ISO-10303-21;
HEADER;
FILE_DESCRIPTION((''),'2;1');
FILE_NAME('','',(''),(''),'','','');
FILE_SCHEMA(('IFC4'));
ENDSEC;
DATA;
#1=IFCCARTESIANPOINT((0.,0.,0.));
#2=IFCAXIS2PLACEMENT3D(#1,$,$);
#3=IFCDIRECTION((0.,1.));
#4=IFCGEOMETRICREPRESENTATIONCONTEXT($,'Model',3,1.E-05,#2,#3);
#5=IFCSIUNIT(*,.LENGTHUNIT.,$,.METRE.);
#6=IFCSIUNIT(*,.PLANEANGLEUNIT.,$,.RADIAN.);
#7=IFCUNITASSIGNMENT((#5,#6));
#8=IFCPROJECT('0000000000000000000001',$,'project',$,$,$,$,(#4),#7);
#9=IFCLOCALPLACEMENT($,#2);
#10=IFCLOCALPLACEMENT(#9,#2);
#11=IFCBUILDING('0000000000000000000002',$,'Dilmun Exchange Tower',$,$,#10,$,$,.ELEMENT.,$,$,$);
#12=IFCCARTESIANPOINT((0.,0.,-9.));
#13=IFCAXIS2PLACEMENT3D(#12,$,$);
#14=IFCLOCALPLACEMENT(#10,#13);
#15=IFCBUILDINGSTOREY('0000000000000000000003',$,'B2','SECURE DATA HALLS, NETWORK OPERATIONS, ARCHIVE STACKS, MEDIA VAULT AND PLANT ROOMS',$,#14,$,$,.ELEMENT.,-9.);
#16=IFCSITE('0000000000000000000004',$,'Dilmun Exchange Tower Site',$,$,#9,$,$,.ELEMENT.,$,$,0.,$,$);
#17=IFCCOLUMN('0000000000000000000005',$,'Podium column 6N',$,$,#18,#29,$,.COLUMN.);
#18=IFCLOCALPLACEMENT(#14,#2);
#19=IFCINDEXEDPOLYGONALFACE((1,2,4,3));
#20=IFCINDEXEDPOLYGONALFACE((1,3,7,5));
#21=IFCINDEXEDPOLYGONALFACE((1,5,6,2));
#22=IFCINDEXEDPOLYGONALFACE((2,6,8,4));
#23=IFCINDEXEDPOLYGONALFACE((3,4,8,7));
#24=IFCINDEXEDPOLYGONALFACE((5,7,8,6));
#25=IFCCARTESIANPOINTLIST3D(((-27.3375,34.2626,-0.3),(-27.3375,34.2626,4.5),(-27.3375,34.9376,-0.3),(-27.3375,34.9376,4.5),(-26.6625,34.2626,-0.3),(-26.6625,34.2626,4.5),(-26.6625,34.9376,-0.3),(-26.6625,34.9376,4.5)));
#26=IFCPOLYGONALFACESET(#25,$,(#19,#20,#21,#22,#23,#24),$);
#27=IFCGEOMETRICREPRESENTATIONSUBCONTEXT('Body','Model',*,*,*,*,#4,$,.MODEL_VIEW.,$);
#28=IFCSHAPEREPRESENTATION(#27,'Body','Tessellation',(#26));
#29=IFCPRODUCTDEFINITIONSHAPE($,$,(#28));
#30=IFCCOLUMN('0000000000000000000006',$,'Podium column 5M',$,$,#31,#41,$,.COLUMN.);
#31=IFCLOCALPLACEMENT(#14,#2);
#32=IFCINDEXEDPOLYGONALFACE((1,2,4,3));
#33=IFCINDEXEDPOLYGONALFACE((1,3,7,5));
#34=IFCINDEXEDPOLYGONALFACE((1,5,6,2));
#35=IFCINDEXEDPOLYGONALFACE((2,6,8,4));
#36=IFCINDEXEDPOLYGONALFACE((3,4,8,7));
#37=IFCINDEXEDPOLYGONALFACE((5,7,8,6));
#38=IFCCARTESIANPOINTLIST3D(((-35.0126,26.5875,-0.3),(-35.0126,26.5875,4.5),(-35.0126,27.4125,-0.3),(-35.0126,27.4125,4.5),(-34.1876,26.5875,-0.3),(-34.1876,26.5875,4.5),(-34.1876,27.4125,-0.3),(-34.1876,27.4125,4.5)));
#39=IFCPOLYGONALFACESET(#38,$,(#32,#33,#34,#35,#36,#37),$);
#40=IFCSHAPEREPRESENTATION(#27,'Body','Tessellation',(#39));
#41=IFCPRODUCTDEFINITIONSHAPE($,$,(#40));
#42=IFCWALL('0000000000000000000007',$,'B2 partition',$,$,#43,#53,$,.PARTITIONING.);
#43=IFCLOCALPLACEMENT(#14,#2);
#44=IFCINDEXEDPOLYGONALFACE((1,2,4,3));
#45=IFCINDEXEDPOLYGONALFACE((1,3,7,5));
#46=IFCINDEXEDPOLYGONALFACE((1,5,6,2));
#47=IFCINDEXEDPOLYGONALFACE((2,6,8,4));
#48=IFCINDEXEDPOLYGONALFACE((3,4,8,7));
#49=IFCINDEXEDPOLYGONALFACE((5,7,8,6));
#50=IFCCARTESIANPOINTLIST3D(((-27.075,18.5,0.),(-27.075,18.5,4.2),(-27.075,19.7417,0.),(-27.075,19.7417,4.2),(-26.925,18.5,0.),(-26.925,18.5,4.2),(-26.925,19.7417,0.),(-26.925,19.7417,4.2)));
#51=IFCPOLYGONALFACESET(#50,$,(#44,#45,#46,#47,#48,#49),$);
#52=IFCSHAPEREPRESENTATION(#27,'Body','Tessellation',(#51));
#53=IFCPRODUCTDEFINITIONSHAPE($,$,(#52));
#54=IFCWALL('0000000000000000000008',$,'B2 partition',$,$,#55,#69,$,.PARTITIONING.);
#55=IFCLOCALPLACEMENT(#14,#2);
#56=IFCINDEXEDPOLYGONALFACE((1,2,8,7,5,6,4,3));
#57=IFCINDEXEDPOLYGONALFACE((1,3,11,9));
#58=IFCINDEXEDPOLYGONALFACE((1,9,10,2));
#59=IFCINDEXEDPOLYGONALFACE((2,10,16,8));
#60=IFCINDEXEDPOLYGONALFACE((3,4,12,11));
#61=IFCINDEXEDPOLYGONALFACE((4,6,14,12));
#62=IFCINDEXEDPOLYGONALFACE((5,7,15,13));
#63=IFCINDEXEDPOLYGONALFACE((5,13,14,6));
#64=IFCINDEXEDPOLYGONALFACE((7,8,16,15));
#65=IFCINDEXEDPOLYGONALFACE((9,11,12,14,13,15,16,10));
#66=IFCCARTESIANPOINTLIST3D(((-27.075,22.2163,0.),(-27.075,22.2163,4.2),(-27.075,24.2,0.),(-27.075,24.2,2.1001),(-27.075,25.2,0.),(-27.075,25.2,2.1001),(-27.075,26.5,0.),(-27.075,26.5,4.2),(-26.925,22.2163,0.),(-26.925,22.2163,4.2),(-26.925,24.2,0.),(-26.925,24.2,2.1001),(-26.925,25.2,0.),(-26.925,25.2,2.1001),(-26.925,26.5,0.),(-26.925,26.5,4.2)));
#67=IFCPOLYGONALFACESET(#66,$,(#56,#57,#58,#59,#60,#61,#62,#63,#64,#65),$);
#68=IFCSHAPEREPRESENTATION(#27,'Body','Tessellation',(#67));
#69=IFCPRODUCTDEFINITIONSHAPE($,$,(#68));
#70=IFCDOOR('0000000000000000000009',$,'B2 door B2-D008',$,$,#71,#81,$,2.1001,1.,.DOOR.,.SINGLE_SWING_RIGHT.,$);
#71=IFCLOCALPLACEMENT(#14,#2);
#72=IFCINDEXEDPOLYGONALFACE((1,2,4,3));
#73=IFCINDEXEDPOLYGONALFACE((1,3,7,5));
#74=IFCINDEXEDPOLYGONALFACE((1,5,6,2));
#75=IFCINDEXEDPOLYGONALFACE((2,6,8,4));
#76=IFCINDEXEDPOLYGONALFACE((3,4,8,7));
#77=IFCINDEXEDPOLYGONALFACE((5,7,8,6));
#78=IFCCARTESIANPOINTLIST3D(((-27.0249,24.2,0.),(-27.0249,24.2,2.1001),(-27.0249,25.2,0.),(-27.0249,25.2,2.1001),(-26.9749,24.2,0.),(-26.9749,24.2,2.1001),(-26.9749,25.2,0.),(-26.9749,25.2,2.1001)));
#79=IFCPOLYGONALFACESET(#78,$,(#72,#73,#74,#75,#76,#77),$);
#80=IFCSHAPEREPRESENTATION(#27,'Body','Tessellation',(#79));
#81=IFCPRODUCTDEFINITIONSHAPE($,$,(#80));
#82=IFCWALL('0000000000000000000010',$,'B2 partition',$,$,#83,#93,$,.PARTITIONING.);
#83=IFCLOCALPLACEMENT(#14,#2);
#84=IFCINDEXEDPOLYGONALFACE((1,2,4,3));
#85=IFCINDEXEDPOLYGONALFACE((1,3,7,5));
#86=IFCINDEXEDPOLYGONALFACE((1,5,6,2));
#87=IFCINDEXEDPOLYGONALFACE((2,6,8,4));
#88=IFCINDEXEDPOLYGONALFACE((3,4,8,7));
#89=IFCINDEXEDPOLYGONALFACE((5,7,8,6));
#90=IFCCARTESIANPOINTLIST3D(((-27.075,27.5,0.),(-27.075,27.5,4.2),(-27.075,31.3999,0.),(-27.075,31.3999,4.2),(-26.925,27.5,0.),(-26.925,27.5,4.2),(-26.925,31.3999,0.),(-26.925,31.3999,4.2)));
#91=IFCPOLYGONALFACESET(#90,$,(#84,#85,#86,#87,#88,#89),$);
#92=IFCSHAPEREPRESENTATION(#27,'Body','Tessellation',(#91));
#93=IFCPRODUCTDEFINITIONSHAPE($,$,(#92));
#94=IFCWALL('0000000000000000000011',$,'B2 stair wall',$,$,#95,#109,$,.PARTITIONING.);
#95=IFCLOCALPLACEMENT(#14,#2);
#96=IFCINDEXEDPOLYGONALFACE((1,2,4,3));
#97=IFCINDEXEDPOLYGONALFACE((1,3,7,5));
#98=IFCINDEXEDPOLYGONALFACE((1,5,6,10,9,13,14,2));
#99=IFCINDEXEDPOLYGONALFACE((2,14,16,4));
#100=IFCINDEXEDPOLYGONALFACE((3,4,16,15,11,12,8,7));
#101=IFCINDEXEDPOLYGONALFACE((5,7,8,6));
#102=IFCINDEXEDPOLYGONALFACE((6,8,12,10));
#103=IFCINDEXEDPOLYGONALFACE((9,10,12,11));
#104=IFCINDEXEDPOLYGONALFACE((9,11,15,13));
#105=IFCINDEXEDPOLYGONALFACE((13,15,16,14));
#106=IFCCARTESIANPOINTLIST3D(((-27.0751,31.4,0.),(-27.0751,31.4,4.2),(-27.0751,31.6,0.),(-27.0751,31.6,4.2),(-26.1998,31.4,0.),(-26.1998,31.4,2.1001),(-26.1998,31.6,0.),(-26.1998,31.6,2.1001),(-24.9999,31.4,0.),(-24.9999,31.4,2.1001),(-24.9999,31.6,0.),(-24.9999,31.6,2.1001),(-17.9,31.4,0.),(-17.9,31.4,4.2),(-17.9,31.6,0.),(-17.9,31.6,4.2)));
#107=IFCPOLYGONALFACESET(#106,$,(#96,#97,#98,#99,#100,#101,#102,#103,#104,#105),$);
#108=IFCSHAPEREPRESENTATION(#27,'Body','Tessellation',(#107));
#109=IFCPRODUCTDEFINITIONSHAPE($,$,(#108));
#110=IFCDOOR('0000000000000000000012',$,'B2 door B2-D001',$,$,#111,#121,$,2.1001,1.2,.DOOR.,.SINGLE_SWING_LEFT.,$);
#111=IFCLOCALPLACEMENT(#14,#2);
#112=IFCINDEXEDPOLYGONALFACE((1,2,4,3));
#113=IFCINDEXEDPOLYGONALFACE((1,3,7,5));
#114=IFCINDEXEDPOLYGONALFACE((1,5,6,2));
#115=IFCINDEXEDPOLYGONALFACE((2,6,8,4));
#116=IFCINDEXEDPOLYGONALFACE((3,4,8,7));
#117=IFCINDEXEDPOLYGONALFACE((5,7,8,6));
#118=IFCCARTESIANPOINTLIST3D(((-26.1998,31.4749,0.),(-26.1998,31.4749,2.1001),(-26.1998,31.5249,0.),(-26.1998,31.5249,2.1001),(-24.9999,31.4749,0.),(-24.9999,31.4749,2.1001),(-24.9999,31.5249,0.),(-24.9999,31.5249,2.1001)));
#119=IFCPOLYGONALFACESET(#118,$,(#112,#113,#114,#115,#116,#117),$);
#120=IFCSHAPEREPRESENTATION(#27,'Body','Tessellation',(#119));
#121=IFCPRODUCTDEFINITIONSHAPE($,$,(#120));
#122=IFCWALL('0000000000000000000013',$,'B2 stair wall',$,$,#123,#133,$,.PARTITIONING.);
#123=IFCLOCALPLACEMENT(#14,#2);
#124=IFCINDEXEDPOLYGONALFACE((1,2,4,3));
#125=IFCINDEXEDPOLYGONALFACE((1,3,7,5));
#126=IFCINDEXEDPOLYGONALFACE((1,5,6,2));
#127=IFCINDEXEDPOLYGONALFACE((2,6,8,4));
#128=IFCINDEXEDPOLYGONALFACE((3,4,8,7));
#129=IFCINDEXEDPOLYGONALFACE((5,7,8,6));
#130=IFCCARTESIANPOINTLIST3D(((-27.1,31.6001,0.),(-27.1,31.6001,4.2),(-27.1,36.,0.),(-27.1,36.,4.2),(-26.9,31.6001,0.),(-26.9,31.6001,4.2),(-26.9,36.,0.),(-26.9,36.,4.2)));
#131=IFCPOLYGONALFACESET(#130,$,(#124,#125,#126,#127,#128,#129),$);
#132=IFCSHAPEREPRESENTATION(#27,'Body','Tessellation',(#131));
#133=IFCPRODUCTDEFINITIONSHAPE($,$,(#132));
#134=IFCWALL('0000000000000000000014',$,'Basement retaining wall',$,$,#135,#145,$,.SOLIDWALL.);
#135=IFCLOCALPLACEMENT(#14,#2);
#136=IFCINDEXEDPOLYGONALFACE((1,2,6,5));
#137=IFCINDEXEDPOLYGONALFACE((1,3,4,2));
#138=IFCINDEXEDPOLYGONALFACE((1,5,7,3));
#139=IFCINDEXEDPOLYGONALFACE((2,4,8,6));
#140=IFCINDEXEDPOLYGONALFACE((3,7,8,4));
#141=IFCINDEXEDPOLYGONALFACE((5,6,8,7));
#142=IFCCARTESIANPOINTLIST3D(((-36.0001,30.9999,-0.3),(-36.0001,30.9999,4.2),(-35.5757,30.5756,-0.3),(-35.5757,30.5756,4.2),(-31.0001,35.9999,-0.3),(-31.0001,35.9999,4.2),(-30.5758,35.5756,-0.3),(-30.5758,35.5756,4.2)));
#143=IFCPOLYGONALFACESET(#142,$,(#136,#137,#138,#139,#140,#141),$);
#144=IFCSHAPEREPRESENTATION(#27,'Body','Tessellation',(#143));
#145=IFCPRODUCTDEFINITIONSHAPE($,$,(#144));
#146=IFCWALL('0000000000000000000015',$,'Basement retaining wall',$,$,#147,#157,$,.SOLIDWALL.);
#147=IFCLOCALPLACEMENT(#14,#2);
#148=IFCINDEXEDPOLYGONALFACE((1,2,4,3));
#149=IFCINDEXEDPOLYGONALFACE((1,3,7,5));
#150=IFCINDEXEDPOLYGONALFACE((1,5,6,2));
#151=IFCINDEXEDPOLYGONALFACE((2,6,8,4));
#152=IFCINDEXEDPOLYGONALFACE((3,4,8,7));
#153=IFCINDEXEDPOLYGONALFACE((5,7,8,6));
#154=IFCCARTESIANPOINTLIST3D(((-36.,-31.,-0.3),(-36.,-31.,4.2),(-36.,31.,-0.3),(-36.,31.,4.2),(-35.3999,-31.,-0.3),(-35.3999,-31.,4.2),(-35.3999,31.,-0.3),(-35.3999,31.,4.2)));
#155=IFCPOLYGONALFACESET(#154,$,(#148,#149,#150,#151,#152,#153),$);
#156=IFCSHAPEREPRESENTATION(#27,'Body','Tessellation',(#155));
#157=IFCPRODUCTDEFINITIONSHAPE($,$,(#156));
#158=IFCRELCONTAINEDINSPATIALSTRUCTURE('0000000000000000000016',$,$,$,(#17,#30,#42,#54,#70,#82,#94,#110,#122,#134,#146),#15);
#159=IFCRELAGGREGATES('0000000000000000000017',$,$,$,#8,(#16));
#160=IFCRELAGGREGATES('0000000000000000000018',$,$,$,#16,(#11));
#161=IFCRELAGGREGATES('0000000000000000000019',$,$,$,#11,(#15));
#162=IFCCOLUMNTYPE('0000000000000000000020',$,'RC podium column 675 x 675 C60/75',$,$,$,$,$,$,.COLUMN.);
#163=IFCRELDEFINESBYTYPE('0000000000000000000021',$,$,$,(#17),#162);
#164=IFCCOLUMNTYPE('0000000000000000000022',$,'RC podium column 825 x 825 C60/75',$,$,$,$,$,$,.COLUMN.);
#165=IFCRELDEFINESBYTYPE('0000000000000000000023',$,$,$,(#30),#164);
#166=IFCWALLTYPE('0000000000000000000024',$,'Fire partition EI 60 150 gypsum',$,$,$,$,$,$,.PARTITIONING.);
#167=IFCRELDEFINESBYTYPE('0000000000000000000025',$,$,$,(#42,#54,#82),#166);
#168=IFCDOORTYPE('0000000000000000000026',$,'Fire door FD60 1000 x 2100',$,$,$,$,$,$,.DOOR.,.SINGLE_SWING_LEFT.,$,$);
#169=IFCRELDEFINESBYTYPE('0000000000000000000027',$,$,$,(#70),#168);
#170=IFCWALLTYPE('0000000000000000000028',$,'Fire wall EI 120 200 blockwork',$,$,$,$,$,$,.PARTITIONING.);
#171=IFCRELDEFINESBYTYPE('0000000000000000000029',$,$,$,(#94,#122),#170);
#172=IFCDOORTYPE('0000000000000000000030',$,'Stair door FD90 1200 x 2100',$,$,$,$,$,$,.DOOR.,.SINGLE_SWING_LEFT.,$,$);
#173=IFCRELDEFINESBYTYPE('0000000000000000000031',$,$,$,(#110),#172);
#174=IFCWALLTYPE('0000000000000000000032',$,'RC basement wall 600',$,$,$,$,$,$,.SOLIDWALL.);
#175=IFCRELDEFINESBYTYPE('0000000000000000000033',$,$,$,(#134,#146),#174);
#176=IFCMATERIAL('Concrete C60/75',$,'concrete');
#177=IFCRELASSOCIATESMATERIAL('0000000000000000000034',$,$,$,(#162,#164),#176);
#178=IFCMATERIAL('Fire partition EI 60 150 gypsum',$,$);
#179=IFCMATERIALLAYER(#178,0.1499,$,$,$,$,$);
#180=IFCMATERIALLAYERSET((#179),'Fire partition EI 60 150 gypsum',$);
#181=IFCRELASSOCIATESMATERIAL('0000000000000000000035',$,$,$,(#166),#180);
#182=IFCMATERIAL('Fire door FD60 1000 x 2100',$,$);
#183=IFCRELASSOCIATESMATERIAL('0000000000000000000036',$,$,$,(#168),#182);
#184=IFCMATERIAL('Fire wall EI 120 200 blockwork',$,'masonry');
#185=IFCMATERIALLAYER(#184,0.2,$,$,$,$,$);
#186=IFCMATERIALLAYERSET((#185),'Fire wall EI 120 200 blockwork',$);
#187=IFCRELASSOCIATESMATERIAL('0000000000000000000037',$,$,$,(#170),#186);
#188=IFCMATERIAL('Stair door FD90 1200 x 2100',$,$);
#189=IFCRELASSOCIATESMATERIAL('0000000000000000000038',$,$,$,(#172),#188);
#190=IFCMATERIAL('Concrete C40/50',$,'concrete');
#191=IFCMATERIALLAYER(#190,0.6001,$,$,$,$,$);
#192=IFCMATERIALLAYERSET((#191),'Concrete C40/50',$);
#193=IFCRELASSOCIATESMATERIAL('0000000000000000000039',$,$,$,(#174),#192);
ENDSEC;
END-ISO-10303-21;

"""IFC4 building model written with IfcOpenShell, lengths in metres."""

from ifc_helpers import new_model, si_unit, direction, frame, frame_2d, origin, origin_2d, place, context, subcontext, project, spatial, rectangle, extrude, material, layer, layer_set, material_profile, profile_set, type_object, element, fill, save


model = new_model("IFC4")

# Units and contexts
model_context = context("Model", 3, precision=1e-05, world=origin(), true_north=direction((0.0, 1.0)))
body_context = subcontext(model_context, "Body", "Model", "MODEL_VIEW")
ifc_project = project(units=[si_unit("LENGTHUNIT", "METRE"), si_unit("PLANEANGLEUNIT", "RADIAN")], contexts=[model_context])

# Site, building, storey
site_placement = place(None, origin())
site = spatial("IfcSite", under=ifc_project, at=site_placement, Name="Dilmun Exchange Tower Site", CompositionType="ELEMENT", RefElevation=0.0)
building_placement = place(site_placement, origin())
building = spatial("IfcBuilding", under=site, at=building_placement, Name="Dilmun Exchange Tower", CompositionType="ELEMENT")
storey_placement = place(building_placement, frame((0.0, 0.0, -9.0)))
storey = spatial("IfcBuildingStorey", under=building, at=storey_placement, Name="B2", Description="SECURE DATA HALLS, NETWORK OPERATIONS, ARCHIVE STACKS, MEDIA VAULT AND PLANT ROOMS", CompositionType="ELEMENT", Elevation=-9.0)

# Columns
ifc_material_1 = material(Name="Concrete C60/75", Category="concrete")
ifc_material_profile_1 = material_profile(ifc_material_1, rectangle(XDim=0.675, YDim=0.675, at=origin_2d()), Name="675 x 675")
ifc_profile_set_1 = profile_set([ifc_material_profile_1], Name="Concrete C60/75")
column_type_1 = type_object("IfcColumnType", Name="RC podium column 675 x 675 C60/75", PredefinedType="COLUMN", material=ifc_profile_set_1)
column_1_placement = place(storey_placement, frame((-27.0, 34.6001, -0.3), z_axis=(0.0, 0.0, 1.0), x_axis=(1.0, 0.0, 0.0)))
element("IfcColumn", 1, at=column_1_placement, inside=storey, type_object=column_type_1, Name="Podium column 6N", PredefinedType="COLUMN", context=body_context, shape_type="SweptSolid", body=[
    extrude(rectangle(XDim=0.675, YDim=0.675, at=origin_2d()), origin(), (0.0, 0.0, 1.0), 4.8),
])
ifc_material_profile_2 = material_profile(ifc_material_1, rectangle(XDim=0.825, YDim=0.825, at=origin_2d()), Name="825 x 825")
ifc_profile_set_2 = profile_set([ifc_material_profile_2], Name="Concrete C60/75")
column_type_2 = type_object("IfcColumnType", Name="RC podium column 825 x 825 C60/75", PredefinedType="COLUMN", material=ifc_profile_set_2)
column_2_placement = place(storey_placement, frame((-34.6001, 27.0, -0.3), z_axis=(0.0, 0.0, 1.0), x_axis=(1.0, 0.0, 0.0)))
element("IfcColumn", 2, at=column_2_placement, inside=storey, type_object=column_type_2, Name="Podium column 5M", PredefinedType="COLUMN", context=body_context, shape_type="SweptSolid", body=[
    extrude(rectangle(XDim=0.825, YDim=0.825, at=origin_2d()), origin(), (0.0, 0.0, 1.0), 4.8),
])

# Wall
ifc_material_2 = material(Name="Fire partition EI 60 150 gypsum")
ifc_layer_1 = layer(ifc_material_2, 0.1499)
ifc_layer_set_1 = layer_set([ifc_layer_1], Name="Fire partition EI 60 150 gypsum")
wall_type_1 = type_object("IfcWallType", Name="Fire partition EI 60 150 gypsum", PredefinedType="PARTITIONING", material=ifc_layer_set_1)
wall_1_placement = place(storey_placement, frame((-27.0, 18.5, 0.0), z_axis=(0.0, 0.0, 1.0), x_axis=(0.0, 1.0, 0.0)))
element("IfcWall", 3, at=wall_1_placement, inside=storey, type_object=wall_type_1, Name="B2 partition", PredefinedType="PARTITIONING", context=body_context, shape_type="SweptSolid", body=[
    extrude(rectangle(XDim=1.2417, YDim=0.1499, at=frame_2d((0.6208, 0.0))), origin(), (0.0, 0.0, 1.0), 4.2),
])

# Wall, opening, door
wall_2_placement = place(storey_placement, frame((-27.0, 22.2163, 0.0), z_axis=(0.0, 0.0, 1.0), x_axis=(0.0, 1.0, 0.0)))
wall_2 = element("IfcWall", 4, at=wall_2_placement, inside=storey, type_object=wall_type_1, Name="B2 partition", PredefinedType="PARTITIONING", context=body_context, shape_type="SweptSolid", body=[
    extrude(rectangle(XDim=4.2837, YDim=0.1499, at=frame_2d((2.1418, 0.0))), origin(), (0.0, 0.0, 1.0), 4.2),
])
opening_1_placement = place(wall_2_placement, frame((1.9836, 0.0, 0.0)))
opening_1 = element("IfcOpeningElement", 5, at=opening_1_placement, cuts=wall_2, PredefinedType="OPENING", context=body_context, shape_type="SweptSolid", body=[
    extrude(rectangle(XDim=1.0, YDim=2.1001, at=frame_2d((0.5, 1.05))), frame((0.0, 0.085, 0.0), z_axis=(0.0, -1.0, 0.0), x_axis=(1.0, 0.0, 0.0)), (0.0, 0.0, 1.0), 0.1699),
])
ifc_material_3 = material(Name="Fire door FD60 1000 x 2100")
door_type_1 = type_object("IfcDoorType", Name="Fire door FD60 1000 x 2100", OperationType="SINGLE_SWING_LEFT", PredefinedType="DOOR", material=ifc_material_3)
door_1_placement = place(opening_1_placement, origin())
door_1 = element("IfcDoor", 6, at=door_1_placement, inside=storey, type_object=door_type_1, Name="B2 door B2-D008", OperationType="SINGLE_SWING_RIGHT", OverallHeight=2.1001, OverallWidth=1.0, PredefinedType="DOOR", context=body_context, shape_type="SweptSolid", body=[
    extrude(rectangle(XDim=1.0, YDim=2.1001, at=frame_2d((0.5, 1.05))), frame((0.0, 0.0249, 0.0), z_axis=(0.0, -1.0, 0.0), x_axis=(1.0, 0.0, 0.0)), (0.0, 0.0, 1.0), 0.05),
])
fill(opening_1, door_1)

# Wall
wall_3_placement = place(storey_placement, frame((-27.0, 27.5, 0.0), z_axis=(0.0, 0.0, 1.0), x_axis=(0.0, 1.0, 0.0)))
element("IfcWall", 7, at=wall_3_placement, inside=storey, type_object=wall_type_1, Name="B2 partition", PredefinedType="PARTITIONING", context=body_context, shape_type="SweptSolid", body=[
    extrude(rectangle(XDim=3.8999, YDim=0.1499, at=frame_2d((1.95, 0.0))), origin(), (0.0, 0.0, 1.0), 4.2),
])

# Wall, opening, door
ifc_material_4 = material(Name="Fire wall EI 120 200 blockwork", Category="masonry")
ifc_layer_2 = layer(ifc_material_4, 0.2)
ifc_layer_set_2 = layer_set([ifc_layer_2], Name="Fire wall EI 120 200 blockwork")
wall_type_2 = type_object("IfcWallType", Name="Fire wall EI 120 200 blockwork", PredefinedType="PARTITIONING", material=ifc_layer_set_2)
wall_4_placement = place(storey_placement, frame((-27.075, 31.5, 0.0), z_axis=(0.0, 0.0, 1.0), x_axis=(1.0, 0.0, 0.0)))
wall_4 = element("IfcWall", 8, at=wall_4_placement, inside=storey, type_object=wall_type_2, Name="B2 stair wall", PredefinedType="PARTITIONING", context=body_context, shape_type="SweptSolid", body=[
    extrude(rectangle(XDim=9.175, YDim=0.2, at=frame_2d((4.5874, 0.0))), origin(), (0.0, 0.0, 1.0), 4.2),
])
opening_2_placement = place(wall_4_placement, frame((0.875, 0.0, 0.0)))
opening_2 = element("IfcOpeningElement", 9, at=opening_2_placement, cuts=wall_4, PredefinedType="OPENING", context=body_context, shape_type="SweptSolid", body=[
    extrude(rectangle(XDim=1.2, YDim=2.1001, at=frame_2d((0.6001, 1.05))), frame((0.0, 0.1099, 0.0), z_axis=(0.0, -1.0, 0.0), x_axis=(1.0, 0.0, 0.0)), (0.0, 0.0, 1.0), 0.22),
])
ifc_material_5 = material(Name="Stair door FD90 1200 x 2100")
door_type_2 = type_object("IfcDoorType", Name="Stair door FD90 1200 x 2100", OperationType="SINGLE_SWING_LEFT", PredefinedType="DOOR", material=ifc_material_5)
door_2_placement = place(opening_2_placement, origin())
door_2 = element("IfcDoor", 10, at=door_2_placement, inside=storey, type_object=door_type_2, Name="B2 door B2-D001", OperationType="SINGLE_SWING_LEFT", OverallHeight=2.1001, OverallWidth=1.2, PredefinedType="DOOR", context=body_context, shape_type="SweptSolid", body=[
    extrude(rectangle(XDim=1.2, YDim=2.1001, at=frame_2d((0.6001, 1.05))), frame((0.0, 0.0249, 0.0), z_axis=(0.0, -1.0, 0.0), x_axis=(1.0, 0.0, 0.0)), (0.0, 0.0, 1.0), 0.05),
])
fill(opening_2, door_2)

# Walls
wall_5_placement = place(storey_placement, frame((-27.0, 31.6001, 0.0), z_axis=(0.0, 0.0, 1.0), x_axis=(0.0, 1.0, 0.0)))
element("IfcWall", 11, at=wall_5_placement, inside=storey, type_object=wall_type_2, Name="B2 stair wall", PredefinedType="PARTITIONING", context=body_context, shape_type="SweptSolid", body=[
    extrude(rectangle(XDim=4.3999, YDim=0.2, at=frame_2d((2.2, 0.0))), origin(), (0.0, 0.0, 1.0), 4.2),
])
ifc_material_6 = material(Name="Concrete C40/50", Category="concrete")
ifc_layer_3 = layer(ifc_material_6, 0.6001)
ifc_layer_set_3 = layer_set([ifc_layer_3], Name="Concrete C40/50")
wall_type_3 = type_object("IfcWallType", Name="RC basement wall 600", PredefinedType="SOLIDWALL", material=ifc_layer_set_3)
wall_6_placement = place(storey_placement, frame((-30.7878, 35.7878, -0.3), z_axis=(0.0, 0.0, 1.0), x_axis=(-0.707107, -0.707107, 0.0)))
element("IfcWall", 12, at=wall_6_placement, inside=storey, type_object=wall_type_3, Name="Basement retaining wall", PredefinedType="SOLIDWALL", context=body_context, shape_type="SweptSolid", body=[
    extrude(rectangle(XDim=7.071, YDim=0.6001, at=frame_2d((3.5356, 0.0))), origin(), (0.0, 0.0, 1.0), 4.5),
])
wall_7_placement = place(storey_placement, frame((-35.7, 31.0, -0.3), z_axis=(0.0, 0.0, 1.0), x_axis=(0.0, -1.0, 0.0)))
element("IfcWall", 13, at=wall_7_placement, inside=storey, type_object=wall_type_3, Name="Basement retaining wall", PredefinedType="SOLIDWALL", context=body_context, shape_type="SweptSolid", body=[
    extrude(rectangle(XDim=62.0, YDim=0.6001, at=frame_2d((31.0, 0.0))), origin(), (0.0, 0.0, 1.0), 4.5),
])

save(model, "model.ifc")
